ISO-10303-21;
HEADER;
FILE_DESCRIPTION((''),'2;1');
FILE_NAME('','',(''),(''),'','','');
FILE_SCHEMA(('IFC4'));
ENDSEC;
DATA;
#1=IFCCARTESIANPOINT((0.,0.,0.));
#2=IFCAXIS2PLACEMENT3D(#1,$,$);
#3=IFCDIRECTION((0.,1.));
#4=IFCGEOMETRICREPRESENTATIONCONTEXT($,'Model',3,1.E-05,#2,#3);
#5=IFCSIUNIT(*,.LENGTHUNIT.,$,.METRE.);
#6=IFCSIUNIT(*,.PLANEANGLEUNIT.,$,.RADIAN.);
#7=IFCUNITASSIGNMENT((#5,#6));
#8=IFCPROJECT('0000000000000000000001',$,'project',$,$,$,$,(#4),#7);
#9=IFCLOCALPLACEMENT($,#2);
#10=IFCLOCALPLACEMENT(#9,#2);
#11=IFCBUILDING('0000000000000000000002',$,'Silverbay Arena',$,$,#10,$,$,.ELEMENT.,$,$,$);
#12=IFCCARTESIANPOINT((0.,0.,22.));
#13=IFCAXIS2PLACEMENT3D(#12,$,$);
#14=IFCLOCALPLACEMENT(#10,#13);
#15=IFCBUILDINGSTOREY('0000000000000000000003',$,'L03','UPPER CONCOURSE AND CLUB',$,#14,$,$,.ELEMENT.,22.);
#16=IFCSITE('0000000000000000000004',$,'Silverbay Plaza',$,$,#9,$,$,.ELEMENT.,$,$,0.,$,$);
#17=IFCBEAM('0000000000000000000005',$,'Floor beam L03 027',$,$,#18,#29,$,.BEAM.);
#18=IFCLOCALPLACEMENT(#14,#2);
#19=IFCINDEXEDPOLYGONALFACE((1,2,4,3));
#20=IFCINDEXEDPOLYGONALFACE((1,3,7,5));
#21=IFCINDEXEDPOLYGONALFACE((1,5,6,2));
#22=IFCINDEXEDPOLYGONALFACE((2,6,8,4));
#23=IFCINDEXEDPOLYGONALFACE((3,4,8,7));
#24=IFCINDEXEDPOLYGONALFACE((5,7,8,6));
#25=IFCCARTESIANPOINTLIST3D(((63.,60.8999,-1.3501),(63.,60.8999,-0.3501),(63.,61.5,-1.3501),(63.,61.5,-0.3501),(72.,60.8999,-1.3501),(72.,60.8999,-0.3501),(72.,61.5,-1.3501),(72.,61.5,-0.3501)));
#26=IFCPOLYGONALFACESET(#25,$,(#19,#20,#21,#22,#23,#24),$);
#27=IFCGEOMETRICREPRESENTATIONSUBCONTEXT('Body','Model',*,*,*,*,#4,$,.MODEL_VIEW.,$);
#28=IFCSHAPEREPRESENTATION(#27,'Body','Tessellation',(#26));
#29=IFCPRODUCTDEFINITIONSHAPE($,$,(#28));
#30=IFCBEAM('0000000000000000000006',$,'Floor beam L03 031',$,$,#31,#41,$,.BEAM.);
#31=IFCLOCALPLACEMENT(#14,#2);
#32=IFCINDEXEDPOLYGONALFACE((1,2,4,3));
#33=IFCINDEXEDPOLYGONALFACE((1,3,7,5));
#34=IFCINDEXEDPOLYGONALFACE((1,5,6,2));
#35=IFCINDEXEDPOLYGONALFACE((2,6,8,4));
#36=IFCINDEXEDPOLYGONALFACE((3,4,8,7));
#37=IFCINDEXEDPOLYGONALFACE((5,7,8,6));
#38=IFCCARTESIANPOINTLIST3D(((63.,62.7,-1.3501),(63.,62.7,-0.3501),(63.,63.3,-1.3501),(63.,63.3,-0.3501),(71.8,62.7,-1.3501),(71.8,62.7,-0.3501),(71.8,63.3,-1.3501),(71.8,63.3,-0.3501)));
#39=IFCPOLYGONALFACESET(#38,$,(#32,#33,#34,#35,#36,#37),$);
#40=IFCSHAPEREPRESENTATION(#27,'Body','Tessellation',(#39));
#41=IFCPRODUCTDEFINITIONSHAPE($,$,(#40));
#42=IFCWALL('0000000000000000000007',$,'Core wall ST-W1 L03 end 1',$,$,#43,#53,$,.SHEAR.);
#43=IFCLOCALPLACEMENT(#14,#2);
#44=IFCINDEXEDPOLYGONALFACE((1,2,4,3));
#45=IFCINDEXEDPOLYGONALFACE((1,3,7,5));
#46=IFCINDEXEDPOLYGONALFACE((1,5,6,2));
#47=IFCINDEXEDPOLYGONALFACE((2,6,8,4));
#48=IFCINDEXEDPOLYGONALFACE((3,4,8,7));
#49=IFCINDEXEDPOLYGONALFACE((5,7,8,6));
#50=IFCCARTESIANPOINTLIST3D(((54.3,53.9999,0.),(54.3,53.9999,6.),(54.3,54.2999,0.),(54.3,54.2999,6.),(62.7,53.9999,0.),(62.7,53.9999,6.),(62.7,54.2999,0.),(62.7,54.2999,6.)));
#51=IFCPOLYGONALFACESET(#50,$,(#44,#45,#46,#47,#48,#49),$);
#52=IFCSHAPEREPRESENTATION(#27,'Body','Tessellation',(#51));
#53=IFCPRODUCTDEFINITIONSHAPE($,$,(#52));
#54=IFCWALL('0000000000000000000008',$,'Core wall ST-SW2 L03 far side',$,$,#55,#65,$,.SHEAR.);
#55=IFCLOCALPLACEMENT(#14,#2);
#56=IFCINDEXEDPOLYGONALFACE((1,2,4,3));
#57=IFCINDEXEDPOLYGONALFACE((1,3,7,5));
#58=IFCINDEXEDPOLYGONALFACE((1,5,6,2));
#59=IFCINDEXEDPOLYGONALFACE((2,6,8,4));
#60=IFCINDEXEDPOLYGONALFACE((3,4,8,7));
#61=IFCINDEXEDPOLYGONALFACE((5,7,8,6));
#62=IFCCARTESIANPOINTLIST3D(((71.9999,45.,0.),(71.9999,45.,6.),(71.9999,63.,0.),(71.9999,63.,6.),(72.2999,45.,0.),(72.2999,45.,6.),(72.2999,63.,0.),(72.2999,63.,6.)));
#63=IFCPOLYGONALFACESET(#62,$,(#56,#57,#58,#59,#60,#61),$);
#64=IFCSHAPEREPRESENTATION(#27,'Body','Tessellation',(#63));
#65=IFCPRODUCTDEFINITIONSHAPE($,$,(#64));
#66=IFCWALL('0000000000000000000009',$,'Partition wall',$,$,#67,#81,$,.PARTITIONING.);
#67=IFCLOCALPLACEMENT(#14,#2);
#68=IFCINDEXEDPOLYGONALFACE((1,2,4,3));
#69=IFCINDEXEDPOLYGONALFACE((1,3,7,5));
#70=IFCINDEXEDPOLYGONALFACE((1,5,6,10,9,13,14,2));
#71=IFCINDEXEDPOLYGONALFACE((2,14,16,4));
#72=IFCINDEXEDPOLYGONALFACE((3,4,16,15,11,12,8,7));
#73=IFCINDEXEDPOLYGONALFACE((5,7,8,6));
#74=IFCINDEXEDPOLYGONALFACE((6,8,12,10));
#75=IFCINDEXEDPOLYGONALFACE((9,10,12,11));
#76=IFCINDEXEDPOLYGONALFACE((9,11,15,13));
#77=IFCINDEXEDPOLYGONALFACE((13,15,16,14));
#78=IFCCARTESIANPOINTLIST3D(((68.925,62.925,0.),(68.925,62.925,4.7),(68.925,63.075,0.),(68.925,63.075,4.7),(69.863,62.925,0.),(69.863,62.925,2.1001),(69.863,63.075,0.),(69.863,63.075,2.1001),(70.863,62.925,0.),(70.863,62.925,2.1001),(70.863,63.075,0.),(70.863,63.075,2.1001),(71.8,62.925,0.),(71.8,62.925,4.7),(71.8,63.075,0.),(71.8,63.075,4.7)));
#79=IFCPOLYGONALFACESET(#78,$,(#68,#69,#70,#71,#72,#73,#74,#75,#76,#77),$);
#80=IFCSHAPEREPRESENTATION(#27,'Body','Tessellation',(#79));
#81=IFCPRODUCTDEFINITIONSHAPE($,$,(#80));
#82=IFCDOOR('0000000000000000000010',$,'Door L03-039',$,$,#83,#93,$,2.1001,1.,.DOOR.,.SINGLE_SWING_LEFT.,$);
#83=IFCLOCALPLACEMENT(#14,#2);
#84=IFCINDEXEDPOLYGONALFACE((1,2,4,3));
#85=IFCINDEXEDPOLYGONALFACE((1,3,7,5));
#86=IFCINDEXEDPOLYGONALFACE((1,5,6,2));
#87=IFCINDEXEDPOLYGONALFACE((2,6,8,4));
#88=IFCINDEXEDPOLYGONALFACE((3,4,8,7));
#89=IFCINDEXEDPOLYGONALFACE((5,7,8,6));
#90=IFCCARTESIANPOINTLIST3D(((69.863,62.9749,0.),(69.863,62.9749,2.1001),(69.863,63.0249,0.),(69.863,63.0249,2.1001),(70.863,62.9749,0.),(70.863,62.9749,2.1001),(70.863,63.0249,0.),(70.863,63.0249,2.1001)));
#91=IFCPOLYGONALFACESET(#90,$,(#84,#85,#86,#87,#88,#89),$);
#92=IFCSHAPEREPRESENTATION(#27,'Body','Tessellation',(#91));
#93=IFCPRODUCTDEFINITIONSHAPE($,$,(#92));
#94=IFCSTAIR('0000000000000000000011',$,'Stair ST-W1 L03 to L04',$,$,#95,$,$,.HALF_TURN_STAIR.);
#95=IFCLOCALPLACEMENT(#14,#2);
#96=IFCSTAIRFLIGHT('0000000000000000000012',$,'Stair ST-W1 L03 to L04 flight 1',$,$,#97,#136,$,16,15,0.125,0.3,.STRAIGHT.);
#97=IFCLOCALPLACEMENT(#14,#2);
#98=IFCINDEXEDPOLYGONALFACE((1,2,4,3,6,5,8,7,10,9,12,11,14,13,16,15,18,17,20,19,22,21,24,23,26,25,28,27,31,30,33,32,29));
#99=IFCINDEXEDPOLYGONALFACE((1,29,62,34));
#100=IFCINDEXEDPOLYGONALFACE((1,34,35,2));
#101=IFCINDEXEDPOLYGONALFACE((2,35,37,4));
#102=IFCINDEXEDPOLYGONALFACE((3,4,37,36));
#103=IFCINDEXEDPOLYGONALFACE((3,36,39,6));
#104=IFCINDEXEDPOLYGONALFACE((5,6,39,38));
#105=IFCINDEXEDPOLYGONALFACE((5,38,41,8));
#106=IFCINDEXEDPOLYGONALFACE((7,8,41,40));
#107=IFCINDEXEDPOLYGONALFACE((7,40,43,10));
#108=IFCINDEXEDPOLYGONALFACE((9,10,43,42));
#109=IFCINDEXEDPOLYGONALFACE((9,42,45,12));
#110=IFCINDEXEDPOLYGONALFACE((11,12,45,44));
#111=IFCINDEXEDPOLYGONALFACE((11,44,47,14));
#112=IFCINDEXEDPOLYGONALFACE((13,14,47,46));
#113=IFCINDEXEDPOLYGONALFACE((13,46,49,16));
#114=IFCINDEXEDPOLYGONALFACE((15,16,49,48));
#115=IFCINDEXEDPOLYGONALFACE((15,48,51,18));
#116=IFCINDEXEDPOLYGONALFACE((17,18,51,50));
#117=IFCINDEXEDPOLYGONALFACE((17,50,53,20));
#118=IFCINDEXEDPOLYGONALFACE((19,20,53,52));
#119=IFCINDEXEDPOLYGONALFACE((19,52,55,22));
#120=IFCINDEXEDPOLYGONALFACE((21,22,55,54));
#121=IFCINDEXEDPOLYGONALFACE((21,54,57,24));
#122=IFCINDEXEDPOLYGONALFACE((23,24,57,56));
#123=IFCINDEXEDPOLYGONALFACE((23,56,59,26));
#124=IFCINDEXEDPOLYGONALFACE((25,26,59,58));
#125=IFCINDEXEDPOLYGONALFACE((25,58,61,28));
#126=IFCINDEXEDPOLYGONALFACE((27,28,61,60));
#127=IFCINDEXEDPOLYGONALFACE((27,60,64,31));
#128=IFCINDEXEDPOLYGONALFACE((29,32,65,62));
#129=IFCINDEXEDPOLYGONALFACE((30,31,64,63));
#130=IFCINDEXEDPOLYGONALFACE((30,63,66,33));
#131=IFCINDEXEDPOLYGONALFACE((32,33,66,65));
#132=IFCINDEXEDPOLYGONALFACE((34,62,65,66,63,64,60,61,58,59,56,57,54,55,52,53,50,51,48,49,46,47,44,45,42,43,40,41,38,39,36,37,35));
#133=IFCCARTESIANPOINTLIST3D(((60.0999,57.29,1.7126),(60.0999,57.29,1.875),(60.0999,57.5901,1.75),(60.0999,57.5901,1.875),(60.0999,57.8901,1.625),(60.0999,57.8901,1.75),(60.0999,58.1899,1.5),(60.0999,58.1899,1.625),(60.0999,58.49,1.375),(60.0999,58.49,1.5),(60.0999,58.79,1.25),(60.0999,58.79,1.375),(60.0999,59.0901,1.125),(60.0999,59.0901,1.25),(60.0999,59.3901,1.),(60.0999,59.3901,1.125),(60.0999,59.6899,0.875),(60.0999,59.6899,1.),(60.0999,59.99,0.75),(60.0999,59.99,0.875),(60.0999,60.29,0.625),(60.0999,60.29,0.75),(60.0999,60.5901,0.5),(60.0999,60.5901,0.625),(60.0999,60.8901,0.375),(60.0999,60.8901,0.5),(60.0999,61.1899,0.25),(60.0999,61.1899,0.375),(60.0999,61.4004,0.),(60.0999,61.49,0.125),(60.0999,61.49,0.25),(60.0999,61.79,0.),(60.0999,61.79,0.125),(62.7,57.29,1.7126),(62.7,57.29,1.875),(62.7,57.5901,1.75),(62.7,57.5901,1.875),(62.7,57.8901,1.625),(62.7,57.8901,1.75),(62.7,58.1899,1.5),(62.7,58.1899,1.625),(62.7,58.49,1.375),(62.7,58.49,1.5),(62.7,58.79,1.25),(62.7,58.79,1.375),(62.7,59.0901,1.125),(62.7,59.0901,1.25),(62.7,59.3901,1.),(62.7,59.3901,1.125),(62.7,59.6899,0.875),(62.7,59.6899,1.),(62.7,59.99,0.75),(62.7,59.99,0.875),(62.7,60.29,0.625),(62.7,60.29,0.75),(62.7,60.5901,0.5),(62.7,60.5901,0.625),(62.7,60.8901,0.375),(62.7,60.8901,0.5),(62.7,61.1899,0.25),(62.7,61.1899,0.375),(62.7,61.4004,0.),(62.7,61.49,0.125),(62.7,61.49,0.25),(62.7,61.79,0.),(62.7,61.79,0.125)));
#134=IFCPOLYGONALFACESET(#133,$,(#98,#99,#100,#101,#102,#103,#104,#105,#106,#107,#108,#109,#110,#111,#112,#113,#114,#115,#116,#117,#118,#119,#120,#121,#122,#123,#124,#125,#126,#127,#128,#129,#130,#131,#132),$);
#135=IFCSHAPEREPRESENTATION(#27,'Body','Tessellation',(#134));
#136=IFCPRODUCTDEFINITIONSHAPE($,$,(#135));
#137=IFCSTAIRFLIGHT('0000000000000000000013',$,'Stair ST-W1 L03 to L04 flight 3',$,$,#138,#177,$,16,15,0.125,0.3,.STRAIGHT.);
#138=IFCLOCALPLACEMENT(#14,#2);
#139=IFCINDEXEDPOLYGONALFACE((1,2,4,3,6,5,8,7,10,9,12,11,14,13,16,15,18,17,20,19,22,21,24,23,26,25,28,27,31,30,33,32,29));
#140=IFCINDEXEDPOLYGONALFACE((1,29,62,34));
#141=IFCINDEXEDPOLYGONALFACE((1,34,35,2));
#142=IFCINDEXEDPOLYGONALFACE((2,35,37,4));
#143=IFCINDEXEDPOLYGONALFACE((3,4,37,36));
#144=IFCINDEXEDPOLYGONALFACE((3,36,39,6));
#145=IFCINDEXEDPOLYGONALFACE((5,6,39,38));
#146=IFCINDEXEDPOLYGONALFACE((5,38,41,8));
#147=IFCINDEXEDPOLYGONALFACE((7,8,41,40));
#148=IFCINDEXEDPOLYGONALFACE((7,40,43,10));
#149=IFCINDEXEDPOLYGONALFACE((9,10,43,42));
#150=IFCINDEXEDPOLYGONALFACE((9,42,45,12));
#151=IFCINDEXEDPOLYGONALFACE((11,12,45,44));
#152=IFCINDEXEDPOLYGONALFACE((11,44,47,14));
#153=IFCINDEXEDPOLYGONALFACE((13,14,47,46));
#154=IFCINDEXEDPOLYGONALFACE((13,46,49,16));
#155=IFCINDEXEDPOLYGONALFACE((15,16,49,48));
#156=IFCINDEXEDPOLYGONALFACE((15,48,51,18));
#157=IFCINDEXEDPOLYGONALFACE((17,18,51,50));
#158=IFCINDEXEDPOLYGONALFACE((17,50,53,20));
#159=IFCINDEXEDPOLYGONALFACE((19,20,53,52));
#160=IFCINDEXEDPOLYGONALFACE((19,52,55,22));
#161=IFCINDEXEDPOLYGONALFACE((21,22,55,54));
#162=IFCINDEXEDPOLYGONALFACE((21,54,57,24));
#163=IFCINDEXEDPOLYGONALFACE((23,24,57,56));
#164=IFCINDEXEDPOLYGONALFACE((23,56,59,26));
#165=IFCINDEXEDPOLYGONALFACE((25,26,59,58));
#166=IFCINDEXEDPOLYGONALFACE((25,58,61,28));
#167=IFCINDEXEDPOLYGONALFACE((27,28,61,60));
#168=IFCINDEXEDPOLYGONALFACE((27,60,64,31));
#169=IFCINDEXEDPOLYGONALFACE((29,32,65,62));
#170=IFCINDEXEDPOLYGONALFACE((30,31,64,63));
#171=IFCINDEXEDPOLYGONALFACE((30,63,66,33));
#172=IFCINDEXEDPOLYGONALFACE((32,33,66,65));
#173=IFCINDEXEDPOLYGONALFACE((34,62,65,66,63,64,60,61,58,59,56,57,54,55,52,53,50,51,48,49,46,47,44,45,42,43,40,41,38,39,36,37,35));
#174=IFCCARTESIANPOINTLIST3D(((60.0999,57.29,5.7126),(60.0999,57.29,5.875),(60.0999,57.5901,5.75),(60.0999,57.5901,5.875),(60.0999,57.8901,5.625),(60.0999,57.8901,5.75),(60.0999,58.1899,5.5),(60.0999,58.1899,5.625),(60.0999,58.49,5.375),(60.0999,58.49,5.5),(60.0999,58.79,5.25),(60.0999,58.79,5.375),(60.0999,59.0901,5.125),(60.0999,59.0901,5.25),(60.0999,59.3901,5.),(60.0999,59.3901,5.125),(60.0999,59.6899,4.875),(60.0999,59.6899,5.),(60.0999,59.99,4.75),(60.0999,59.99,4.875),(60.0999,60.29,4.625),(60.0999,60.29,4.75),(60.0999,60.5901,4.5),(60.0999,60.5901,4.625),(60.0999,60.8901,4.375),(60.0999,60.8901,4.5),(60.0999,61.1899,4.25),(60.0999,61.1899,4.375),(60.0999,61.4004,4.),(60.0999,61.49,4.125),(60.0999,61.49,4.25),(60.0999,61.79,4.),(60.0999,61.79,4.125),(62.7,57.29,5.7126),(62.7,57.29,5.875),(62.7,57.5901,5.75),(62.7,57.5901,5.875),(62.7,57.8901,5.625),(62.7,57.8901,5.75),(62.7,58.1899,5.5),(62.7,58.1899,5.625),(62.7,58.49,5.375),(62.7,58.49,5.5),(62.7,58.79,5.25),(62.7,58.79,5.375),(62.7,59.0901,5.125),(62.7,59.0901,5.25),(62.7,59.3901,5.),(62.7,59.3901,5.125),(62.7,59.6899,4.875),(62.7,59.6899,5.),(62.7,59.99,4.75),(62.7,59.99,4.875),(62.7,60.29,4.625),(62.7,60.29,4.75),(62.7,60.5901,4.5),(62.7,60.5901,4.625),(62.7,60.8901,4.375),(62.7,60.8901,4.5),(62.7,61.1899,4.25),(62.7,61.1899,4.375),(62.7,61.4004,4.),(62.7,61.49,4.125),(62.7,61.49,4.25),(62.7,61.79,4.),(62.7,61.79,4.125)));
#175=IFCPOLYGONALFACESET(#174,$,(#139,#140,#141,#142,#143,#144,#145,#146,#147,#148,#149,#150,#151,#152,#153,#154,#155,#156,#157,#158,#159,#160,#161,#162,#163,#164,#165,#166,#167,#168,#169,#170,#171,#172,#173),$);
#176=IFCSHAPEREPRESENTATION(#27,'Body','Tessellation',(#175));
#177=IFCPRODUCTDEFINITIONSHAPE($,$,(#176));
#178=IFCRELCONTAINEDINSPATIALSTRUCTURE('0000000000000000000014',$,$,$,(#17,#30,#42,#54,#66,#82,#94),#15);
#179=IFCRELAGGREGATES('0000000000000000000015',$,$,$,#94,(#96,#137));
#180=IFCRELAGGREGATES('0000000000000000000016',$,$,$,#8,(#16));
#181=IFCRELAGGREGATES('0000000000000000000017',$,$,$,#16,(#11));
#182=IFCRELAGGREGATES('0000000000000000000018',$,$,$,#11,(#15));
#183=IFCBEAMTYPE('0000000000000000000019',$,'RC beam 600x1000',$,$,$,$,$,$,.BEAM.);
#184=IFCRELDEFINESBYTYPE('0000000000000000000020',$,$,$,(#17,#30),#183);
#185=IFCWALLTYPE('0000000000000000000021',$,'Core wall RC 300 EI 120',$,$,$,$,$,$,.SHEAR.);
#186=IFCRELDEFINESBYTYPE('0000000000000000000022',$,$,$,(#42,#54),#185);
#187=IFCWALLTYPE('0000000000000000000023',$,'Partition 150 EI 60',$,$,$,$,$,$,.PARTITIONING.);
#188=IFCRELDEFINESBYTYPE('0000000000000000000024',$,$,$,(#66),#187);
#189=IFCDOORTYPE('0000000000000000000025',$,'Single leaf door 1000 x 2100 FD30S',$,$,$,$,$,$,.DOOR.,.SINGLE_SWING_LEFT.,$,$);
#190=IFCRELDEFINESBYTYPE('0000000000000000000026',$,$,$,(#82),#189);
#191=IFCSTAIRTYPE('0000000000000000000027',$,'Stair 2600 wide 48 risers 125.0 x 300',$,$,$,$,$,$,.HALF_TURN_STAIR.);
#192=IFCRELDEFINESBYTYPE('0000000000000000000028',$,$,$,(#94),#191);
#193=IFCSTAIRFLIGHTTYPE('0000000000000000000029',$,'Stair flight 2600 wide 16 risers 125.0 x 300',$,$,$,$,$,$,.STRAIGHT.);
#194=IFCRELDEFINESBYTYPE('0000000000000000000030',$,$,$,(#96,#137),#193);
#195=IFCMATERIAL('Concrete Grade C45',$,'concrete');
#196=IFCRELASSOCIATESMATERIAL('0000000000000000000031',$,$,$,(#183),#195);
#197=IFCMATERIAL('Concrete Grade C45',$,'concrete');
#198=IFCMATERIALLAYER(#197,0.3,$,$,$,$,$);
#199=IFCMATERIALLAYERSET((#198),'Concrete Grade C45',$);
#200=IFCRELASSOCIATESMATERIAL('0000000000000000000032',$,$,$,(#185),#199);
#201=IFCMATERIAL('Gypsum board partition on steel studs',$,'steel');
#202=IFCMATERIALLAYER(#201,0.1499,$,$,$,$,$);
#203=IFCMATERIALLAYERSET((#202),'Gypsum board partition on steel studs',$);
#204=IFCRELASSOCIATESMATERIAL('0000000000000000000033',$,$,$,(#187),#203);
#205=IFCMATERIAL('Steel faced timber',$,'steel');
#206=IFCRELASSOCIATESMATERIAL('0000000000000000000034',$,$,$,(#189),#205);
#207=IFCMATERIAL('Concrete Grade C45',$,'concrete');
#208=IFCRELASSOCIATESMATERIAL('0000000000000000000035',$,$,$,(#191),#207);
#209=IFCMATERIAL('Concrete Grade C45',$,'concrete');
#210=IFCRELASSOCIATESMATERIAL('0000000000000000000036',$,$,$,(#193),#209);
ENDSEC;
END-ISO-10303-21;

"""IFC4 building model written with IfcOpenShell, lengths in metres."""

from ifc_helpers import new_model, si_unit, direction, frame, frame_2d, origin, origin_2d, place, context, subcontext, project, spatial, polyline, rectangle, outline, extrude, material, layer, layer_set, material_profile, profile_set, type_object, element, fill, aggregate, save


model = new_model("IFC4")

# Units and contexts
model_context = context("Model", 3, precision=1e-05, world=origin(), true_north=direction((0.0, 1.0)))
body_context = subcontext(model_context, "Body", "Model", "MODEL_VIEW")
ifc_project = project(units=[si_unit("LENGTHUNIT", "METRE"), si_unit("PLANEANGLEUNIT", "RADIAN")], contexts=[model_context])

# Site, building, storey
site_placement = place(None, origin())
site = spatial("IfcSite", under=ifc_project, at=site_placement, Name="Silverbay Plaza", CompositionType="ELEMENT", RefElevation=0.0)
building_placement = place(site_placement, origin())
building = spatial("IfcBuilding", under=site, at=building_placement, Name="Silverbay Arena", CompositionType="ELEMENT")
storey_placement = place(building_placement, frame((0.0, 0.0, 22.0)))
storey = spatial("IfcBuildingStorey", under=building, at=storey_placement, Name="L03", Description="UPPER CONCOURSE AND CLUB", CompositionType="ELEMENT", Elevation=22.0)

# Beams
ifc_material_1 = material(Name="Concrete Grade C45", Category="concrete")
ifc_material_profile = material_profile(ifc_material_1, rectangle(XDim=0.6001, YDim=1.0, at=origin_2d()), Name="RC 600x1000")
ifc_profile_set = profile_set([ifc_material_profile], Name="Concrete Grade C45")
beam_type = type_object("IfcBeamType", Name="RC beam 600x1000", PredefinedType="BEAM", material=ifc_profile_set)
beam_1_placement = place(storey_placement, frame((63.0, 61.2, -0.8501), z_axis=(1.0, 0.0, 0.0), x_axis=(0.0, 1.0, 0.0)))
element("IfcBeam", 1, at=beam_1_placement, inside=storey, type_object=beam_type, Name="Floor beam L03 027", PredefinedType="BEAM", context=body_context, shape_type="SweptSolid", body=[
    extrude(rectangle(XDim=0.6001, YDim=1.0, at=origin_2d()), origin(), (0.0, 0.0, 1.0), 9.0),
])
beam_2_placement = place(storey_placement, frame((63.0, 63.0, -0.8501), z_axis=(1.0, 0.0, 0.0), x_axis=(0.0, 1.0, 0.0)))
element("IfcBeam", 2, at=beam_2_placement, inside=storey, type_object=beam_type, Name="Floor beam L03 031", PredefinedType="BEAM", context=body_context, shape_type="SweptSolid", body=[
    extrude(rectangle(XDim=0.6001, YDim=1.0, at=origin_2d()), origin(), (0.0, 0.0, 1.0), 8.8),
])

# Walls
ifc_material_2 = material(Name="Concrete Grade C45", Category="concrete")
ifc_layer_1 = layer(ifc_material_2, 0.3)
ifc_layer_set_1 = layer_set([ifc_layer_1], Name="Concrete Grade C45")
wall_type_1 = type_object("IfcWallType", Name="Core wall RC 300 EI 120", PredefinedType="SHEAR", material=ifc_layer_set_1)
wall_1_placement = place(storey_placement, frame((62.7, 54.1499, 0.0), z_axis=(0.0, 0.0, 1.0), x_axis=(-1.0, 0.0, 0.0)))
element("IfcWall", 3, at=wall_1_placement, inside=storey, type_object=wall_type_1, Name="Core wall ST-W1 L03 end 1", PredefinedType="SHEAR", context=body_context, shape_type="SweptSolid", body=[
    extrude(rectangle(XDim=8.3999, YDim=0.3, at=frame_2d((4.2, 0.0))), origin(), (0.0, 0.0, 1.0), 6.0),
])
wall_2_placement = place(storey_placement, frame((72.1499, 63.0, 0.0), z_axis=(0.0, 0.0, 1.0), x_axis=(0.0, -1.0, 0.0)))
element("IfcWall", 4, at=wall_2_placement, inside=storey, type_object=wall_type_1, Name="Core wall ST-SW2 L03 far side", PredefinedType="SHEAR", context=body_context, shape_type="SweptSolid", body=[
    extrude(rectangle(XDim=18.0, YDim=0.3, at=frame_2d((9.0, 0.0))), origin(), (0.0, 0.0, 1.0), 6.0),
])

# Wall, opening, door
ifc_material_3 = material(Name="Gypsum board partition on steel studs", Category="steel")
ifc_layer_2 = layer(ifc_material_3, 0.1499)
ifc_layer_set_2 = layer_set([ifc_layer_2], Name="Gypsum board partition on steel studs")
wall_type_2 = type_object("IfcWallType", Name="Partition 150 EI 60", PredefinedType="PARTITIONING", material=ifc_layer_set_2)
wall_3_placement = place(storey_placement, frame((68.925, 63.0, 0.0), z_axis=(0.0, 0.0, 1.0), x_axis=(1.0, 0.0, 0.0)))
wall_3 = element("IfcWall", 5, at=wall_3_placement, inside=storey, type_object=wall_type_2, Name="Partition wall", PredefinedType="PARTITIONING", context=body_context, shape_type="SweptSolid", body=[
    extrude(rectangle(XDim=2.875, YDim=0.1499, at=frame_2d((1.4375, 0.0))), origin(), (0.0, 0.0, 1.0), 4.7),
])
opening_placement = place(wall_3_placement, frame((0.938, 0.0, 0.0)))
opening = element("IfcOpeningElement", 6, at=opening_placement, cuts=wall_3, PredefinedType="OPENING", context=body_context, shape_type="SweptSolid", body=[
    extrude(rectangle(XDim=1.0, YDim=2.1001, at=frame_2d((0.5, 1.05))), frame((0.0, 0.085, 0.0), z_axis=(0.0, -1.0, 0.0), x_axis=(1.0, 0.0, 0.0)), (0.0, 0.0, 1.0), 0.1699),
])
ifc_material_4 = material(Name="Steel faced timber", Category="steel")
door_type = type_object("IfcDoorType", Name="Single leaf door 1000 x 2100 FD30S", OperationType="SINGLE_SWING_LEFT", PredefinedType="DOOR", material=ifc_material_4)
door_placement = place(opening_placement, origin())
door = element("IfcDoor", 7, at=door_placement, inside=storey, type_object=door_type, Name="Door L03-039", OperationType="SINGLE_SWING_LEFT", OverallHeight=2.1001, OverallWidth=1.0, PredefinedType="DOOR", context=body_context, shape_type="SweptSolid", body=[
    extrude(rectangle(XDim=1.0, YDim=2.1001, at=frame_2d((0.5, 1.05))), frame((0.0, 0.0249, 0.0), z_axis=(0.0, -1.0, 0.0), x_axis=(1.0, 0.0, 0.0)), (0.0, 0.0, 1.0), 0.05),
])
fill(opening, door)

# Stair, stair flights
ifc_material_5 = material(Name="Concrete Grade C45", Category="concrete")
stair_type = type_object("IfcStairType", Name="Stair 2600 wide 48 risers 125.0 x 300", PredefinedType="HALF_TURN_STAIR", material=ifc_material_5)
stair_placement = place(storey_placement, origin())
stair = element("IfcStair", 8, at=stair_placement, inside=storey, type_object=stair_type, Name="Stair ST-W1 L03 to L04", PredefinedType="HALF_TURN_STAIR")
ifc_material_6 = material(Name="Concrete Grade C45", Category="concrete")
stair_flight_type = type_object("IfcStairFlightType", Name="Stair flight 2600 wide 16 risers 125.0 x 300", PredefinedType="STRAIGHT", material=ifc_material_6)
stair_flight_1_placement = place(storey_placement, frame((61.3999, 61.79, 0.0), z_axis=(0.0, 0.0, 1.0), x_axis=(0.0, -1.0, 0.0)))
stair_flight_1 = element("IfcStairFlight", 9, at=stair_flight_1_placement, type_object=stair_flight_type, Name="Stair ST-W1 L03 to L04 flight 1", NumberOfRisers=16, NumberOfTreads=15, PredefinedType="STRAIGHT", RiserHeight=0.125, TreadLength=0.3, context=body_context, shape_type="SweptSolid", body=[
    extrude(outline(polyline([(0.0, 0.0), (0.0, 0.125), (0.3, 0.125), (0.3, 0.25), (0.6001, 0.25), (0.6001, 0.375), (0.8999, 0.375), (0.8999, 0.5), (1.2, 0.5), (1.2, 0.625), (1.5, 0.625), (1.5, 0.75), (1.8, 0.75), (1.8, 0.875), (2.1001, 0.875), (2.1001, 1.0), (2.3999, 1.0), (2.3999, 1.125), (2.7, 1.125), (2.7, 1.25), (3.0, 1.25), (3.0, 1.375), (3.3, 1.375), (3.3, 1.5), (3.6001, 1.5), (3.6001, 1.625), (3.8999, 1.625), (3.8999, 1.75), (4.2, 1.75), (4.2, 1.875), (4.5, 1.875), (4.5, 1.7126), (0.3896, 0.0), (0.0, 0.0)])), frame((0.0, 1.3, 0.0), z_axis=(0.0, -1.0, 0.0), x_axis=(1.0, 0.0, 0.0)), (0.0, 0.0, 1.0), 2.6001),
])
stair_flight_2_placement = place(storey_placement, frame((61.3999, 61.79, 4.0), z_axis=(0.0, 0.0, 1.0), x_axis=(0.0, -1.0, 0.0)))
stair_flight_2 = element("IfcStairFlight", 10, at=stair_flight_2_placement, type_object=stair_flight_type, Name="Stair ST-W1 L03 to L04 flight 3", NumberOfRisers=16, NumberOfTreads=15, PredefinedType="STRAIGHT", RiserHeight=0.125, TreadLength=0.3, context=body_context, shape_type="SweptSolid", body=[
    extrude(outline(polyline([(0.0, 0.0), (0.0, 0.125), (0.3, 0.125), (0.3, 0.25), (0.6001, 0.25), (0.6001, 0.375), (0.8999, 0.375), (0.8999, 0.5), (1.2, 0.5), (1.2, 0.625), (1.5, 0.625), (1.5, 0.75), (1.8, 0.75), (1.8, 0.875), (2.1001, 0.875), (2.1001, 1.0), (2.3999, 1.0), (2.3999, 1.125), (2.7, 1.125), (2.7, 1.25), (3.0, 1.25), (3.0, 1.375), (3.3, 1.375), (3.3, 1.5), (3.6001, 1.5), (3.6001, 1.625), (3.8999, 1.625), (3.8999, 1.75), (4.2, 1.75), (4.2, 1.875), (4.5, 1.875), (4.5, 1.7126), (0.3896, 0.0), (0.0, 0.0)])), frame((0.0, 1.3, 0.0), z_axis=(0.0, -1.0, 0.0), x_axis=(1.0, 0.0, 0.0)), (0.0, 0.0, 1.0), 2.6001),
])
aggregate(stair, [stair_flight_1, stair_flight_2])

save(model, "model.ifc")
